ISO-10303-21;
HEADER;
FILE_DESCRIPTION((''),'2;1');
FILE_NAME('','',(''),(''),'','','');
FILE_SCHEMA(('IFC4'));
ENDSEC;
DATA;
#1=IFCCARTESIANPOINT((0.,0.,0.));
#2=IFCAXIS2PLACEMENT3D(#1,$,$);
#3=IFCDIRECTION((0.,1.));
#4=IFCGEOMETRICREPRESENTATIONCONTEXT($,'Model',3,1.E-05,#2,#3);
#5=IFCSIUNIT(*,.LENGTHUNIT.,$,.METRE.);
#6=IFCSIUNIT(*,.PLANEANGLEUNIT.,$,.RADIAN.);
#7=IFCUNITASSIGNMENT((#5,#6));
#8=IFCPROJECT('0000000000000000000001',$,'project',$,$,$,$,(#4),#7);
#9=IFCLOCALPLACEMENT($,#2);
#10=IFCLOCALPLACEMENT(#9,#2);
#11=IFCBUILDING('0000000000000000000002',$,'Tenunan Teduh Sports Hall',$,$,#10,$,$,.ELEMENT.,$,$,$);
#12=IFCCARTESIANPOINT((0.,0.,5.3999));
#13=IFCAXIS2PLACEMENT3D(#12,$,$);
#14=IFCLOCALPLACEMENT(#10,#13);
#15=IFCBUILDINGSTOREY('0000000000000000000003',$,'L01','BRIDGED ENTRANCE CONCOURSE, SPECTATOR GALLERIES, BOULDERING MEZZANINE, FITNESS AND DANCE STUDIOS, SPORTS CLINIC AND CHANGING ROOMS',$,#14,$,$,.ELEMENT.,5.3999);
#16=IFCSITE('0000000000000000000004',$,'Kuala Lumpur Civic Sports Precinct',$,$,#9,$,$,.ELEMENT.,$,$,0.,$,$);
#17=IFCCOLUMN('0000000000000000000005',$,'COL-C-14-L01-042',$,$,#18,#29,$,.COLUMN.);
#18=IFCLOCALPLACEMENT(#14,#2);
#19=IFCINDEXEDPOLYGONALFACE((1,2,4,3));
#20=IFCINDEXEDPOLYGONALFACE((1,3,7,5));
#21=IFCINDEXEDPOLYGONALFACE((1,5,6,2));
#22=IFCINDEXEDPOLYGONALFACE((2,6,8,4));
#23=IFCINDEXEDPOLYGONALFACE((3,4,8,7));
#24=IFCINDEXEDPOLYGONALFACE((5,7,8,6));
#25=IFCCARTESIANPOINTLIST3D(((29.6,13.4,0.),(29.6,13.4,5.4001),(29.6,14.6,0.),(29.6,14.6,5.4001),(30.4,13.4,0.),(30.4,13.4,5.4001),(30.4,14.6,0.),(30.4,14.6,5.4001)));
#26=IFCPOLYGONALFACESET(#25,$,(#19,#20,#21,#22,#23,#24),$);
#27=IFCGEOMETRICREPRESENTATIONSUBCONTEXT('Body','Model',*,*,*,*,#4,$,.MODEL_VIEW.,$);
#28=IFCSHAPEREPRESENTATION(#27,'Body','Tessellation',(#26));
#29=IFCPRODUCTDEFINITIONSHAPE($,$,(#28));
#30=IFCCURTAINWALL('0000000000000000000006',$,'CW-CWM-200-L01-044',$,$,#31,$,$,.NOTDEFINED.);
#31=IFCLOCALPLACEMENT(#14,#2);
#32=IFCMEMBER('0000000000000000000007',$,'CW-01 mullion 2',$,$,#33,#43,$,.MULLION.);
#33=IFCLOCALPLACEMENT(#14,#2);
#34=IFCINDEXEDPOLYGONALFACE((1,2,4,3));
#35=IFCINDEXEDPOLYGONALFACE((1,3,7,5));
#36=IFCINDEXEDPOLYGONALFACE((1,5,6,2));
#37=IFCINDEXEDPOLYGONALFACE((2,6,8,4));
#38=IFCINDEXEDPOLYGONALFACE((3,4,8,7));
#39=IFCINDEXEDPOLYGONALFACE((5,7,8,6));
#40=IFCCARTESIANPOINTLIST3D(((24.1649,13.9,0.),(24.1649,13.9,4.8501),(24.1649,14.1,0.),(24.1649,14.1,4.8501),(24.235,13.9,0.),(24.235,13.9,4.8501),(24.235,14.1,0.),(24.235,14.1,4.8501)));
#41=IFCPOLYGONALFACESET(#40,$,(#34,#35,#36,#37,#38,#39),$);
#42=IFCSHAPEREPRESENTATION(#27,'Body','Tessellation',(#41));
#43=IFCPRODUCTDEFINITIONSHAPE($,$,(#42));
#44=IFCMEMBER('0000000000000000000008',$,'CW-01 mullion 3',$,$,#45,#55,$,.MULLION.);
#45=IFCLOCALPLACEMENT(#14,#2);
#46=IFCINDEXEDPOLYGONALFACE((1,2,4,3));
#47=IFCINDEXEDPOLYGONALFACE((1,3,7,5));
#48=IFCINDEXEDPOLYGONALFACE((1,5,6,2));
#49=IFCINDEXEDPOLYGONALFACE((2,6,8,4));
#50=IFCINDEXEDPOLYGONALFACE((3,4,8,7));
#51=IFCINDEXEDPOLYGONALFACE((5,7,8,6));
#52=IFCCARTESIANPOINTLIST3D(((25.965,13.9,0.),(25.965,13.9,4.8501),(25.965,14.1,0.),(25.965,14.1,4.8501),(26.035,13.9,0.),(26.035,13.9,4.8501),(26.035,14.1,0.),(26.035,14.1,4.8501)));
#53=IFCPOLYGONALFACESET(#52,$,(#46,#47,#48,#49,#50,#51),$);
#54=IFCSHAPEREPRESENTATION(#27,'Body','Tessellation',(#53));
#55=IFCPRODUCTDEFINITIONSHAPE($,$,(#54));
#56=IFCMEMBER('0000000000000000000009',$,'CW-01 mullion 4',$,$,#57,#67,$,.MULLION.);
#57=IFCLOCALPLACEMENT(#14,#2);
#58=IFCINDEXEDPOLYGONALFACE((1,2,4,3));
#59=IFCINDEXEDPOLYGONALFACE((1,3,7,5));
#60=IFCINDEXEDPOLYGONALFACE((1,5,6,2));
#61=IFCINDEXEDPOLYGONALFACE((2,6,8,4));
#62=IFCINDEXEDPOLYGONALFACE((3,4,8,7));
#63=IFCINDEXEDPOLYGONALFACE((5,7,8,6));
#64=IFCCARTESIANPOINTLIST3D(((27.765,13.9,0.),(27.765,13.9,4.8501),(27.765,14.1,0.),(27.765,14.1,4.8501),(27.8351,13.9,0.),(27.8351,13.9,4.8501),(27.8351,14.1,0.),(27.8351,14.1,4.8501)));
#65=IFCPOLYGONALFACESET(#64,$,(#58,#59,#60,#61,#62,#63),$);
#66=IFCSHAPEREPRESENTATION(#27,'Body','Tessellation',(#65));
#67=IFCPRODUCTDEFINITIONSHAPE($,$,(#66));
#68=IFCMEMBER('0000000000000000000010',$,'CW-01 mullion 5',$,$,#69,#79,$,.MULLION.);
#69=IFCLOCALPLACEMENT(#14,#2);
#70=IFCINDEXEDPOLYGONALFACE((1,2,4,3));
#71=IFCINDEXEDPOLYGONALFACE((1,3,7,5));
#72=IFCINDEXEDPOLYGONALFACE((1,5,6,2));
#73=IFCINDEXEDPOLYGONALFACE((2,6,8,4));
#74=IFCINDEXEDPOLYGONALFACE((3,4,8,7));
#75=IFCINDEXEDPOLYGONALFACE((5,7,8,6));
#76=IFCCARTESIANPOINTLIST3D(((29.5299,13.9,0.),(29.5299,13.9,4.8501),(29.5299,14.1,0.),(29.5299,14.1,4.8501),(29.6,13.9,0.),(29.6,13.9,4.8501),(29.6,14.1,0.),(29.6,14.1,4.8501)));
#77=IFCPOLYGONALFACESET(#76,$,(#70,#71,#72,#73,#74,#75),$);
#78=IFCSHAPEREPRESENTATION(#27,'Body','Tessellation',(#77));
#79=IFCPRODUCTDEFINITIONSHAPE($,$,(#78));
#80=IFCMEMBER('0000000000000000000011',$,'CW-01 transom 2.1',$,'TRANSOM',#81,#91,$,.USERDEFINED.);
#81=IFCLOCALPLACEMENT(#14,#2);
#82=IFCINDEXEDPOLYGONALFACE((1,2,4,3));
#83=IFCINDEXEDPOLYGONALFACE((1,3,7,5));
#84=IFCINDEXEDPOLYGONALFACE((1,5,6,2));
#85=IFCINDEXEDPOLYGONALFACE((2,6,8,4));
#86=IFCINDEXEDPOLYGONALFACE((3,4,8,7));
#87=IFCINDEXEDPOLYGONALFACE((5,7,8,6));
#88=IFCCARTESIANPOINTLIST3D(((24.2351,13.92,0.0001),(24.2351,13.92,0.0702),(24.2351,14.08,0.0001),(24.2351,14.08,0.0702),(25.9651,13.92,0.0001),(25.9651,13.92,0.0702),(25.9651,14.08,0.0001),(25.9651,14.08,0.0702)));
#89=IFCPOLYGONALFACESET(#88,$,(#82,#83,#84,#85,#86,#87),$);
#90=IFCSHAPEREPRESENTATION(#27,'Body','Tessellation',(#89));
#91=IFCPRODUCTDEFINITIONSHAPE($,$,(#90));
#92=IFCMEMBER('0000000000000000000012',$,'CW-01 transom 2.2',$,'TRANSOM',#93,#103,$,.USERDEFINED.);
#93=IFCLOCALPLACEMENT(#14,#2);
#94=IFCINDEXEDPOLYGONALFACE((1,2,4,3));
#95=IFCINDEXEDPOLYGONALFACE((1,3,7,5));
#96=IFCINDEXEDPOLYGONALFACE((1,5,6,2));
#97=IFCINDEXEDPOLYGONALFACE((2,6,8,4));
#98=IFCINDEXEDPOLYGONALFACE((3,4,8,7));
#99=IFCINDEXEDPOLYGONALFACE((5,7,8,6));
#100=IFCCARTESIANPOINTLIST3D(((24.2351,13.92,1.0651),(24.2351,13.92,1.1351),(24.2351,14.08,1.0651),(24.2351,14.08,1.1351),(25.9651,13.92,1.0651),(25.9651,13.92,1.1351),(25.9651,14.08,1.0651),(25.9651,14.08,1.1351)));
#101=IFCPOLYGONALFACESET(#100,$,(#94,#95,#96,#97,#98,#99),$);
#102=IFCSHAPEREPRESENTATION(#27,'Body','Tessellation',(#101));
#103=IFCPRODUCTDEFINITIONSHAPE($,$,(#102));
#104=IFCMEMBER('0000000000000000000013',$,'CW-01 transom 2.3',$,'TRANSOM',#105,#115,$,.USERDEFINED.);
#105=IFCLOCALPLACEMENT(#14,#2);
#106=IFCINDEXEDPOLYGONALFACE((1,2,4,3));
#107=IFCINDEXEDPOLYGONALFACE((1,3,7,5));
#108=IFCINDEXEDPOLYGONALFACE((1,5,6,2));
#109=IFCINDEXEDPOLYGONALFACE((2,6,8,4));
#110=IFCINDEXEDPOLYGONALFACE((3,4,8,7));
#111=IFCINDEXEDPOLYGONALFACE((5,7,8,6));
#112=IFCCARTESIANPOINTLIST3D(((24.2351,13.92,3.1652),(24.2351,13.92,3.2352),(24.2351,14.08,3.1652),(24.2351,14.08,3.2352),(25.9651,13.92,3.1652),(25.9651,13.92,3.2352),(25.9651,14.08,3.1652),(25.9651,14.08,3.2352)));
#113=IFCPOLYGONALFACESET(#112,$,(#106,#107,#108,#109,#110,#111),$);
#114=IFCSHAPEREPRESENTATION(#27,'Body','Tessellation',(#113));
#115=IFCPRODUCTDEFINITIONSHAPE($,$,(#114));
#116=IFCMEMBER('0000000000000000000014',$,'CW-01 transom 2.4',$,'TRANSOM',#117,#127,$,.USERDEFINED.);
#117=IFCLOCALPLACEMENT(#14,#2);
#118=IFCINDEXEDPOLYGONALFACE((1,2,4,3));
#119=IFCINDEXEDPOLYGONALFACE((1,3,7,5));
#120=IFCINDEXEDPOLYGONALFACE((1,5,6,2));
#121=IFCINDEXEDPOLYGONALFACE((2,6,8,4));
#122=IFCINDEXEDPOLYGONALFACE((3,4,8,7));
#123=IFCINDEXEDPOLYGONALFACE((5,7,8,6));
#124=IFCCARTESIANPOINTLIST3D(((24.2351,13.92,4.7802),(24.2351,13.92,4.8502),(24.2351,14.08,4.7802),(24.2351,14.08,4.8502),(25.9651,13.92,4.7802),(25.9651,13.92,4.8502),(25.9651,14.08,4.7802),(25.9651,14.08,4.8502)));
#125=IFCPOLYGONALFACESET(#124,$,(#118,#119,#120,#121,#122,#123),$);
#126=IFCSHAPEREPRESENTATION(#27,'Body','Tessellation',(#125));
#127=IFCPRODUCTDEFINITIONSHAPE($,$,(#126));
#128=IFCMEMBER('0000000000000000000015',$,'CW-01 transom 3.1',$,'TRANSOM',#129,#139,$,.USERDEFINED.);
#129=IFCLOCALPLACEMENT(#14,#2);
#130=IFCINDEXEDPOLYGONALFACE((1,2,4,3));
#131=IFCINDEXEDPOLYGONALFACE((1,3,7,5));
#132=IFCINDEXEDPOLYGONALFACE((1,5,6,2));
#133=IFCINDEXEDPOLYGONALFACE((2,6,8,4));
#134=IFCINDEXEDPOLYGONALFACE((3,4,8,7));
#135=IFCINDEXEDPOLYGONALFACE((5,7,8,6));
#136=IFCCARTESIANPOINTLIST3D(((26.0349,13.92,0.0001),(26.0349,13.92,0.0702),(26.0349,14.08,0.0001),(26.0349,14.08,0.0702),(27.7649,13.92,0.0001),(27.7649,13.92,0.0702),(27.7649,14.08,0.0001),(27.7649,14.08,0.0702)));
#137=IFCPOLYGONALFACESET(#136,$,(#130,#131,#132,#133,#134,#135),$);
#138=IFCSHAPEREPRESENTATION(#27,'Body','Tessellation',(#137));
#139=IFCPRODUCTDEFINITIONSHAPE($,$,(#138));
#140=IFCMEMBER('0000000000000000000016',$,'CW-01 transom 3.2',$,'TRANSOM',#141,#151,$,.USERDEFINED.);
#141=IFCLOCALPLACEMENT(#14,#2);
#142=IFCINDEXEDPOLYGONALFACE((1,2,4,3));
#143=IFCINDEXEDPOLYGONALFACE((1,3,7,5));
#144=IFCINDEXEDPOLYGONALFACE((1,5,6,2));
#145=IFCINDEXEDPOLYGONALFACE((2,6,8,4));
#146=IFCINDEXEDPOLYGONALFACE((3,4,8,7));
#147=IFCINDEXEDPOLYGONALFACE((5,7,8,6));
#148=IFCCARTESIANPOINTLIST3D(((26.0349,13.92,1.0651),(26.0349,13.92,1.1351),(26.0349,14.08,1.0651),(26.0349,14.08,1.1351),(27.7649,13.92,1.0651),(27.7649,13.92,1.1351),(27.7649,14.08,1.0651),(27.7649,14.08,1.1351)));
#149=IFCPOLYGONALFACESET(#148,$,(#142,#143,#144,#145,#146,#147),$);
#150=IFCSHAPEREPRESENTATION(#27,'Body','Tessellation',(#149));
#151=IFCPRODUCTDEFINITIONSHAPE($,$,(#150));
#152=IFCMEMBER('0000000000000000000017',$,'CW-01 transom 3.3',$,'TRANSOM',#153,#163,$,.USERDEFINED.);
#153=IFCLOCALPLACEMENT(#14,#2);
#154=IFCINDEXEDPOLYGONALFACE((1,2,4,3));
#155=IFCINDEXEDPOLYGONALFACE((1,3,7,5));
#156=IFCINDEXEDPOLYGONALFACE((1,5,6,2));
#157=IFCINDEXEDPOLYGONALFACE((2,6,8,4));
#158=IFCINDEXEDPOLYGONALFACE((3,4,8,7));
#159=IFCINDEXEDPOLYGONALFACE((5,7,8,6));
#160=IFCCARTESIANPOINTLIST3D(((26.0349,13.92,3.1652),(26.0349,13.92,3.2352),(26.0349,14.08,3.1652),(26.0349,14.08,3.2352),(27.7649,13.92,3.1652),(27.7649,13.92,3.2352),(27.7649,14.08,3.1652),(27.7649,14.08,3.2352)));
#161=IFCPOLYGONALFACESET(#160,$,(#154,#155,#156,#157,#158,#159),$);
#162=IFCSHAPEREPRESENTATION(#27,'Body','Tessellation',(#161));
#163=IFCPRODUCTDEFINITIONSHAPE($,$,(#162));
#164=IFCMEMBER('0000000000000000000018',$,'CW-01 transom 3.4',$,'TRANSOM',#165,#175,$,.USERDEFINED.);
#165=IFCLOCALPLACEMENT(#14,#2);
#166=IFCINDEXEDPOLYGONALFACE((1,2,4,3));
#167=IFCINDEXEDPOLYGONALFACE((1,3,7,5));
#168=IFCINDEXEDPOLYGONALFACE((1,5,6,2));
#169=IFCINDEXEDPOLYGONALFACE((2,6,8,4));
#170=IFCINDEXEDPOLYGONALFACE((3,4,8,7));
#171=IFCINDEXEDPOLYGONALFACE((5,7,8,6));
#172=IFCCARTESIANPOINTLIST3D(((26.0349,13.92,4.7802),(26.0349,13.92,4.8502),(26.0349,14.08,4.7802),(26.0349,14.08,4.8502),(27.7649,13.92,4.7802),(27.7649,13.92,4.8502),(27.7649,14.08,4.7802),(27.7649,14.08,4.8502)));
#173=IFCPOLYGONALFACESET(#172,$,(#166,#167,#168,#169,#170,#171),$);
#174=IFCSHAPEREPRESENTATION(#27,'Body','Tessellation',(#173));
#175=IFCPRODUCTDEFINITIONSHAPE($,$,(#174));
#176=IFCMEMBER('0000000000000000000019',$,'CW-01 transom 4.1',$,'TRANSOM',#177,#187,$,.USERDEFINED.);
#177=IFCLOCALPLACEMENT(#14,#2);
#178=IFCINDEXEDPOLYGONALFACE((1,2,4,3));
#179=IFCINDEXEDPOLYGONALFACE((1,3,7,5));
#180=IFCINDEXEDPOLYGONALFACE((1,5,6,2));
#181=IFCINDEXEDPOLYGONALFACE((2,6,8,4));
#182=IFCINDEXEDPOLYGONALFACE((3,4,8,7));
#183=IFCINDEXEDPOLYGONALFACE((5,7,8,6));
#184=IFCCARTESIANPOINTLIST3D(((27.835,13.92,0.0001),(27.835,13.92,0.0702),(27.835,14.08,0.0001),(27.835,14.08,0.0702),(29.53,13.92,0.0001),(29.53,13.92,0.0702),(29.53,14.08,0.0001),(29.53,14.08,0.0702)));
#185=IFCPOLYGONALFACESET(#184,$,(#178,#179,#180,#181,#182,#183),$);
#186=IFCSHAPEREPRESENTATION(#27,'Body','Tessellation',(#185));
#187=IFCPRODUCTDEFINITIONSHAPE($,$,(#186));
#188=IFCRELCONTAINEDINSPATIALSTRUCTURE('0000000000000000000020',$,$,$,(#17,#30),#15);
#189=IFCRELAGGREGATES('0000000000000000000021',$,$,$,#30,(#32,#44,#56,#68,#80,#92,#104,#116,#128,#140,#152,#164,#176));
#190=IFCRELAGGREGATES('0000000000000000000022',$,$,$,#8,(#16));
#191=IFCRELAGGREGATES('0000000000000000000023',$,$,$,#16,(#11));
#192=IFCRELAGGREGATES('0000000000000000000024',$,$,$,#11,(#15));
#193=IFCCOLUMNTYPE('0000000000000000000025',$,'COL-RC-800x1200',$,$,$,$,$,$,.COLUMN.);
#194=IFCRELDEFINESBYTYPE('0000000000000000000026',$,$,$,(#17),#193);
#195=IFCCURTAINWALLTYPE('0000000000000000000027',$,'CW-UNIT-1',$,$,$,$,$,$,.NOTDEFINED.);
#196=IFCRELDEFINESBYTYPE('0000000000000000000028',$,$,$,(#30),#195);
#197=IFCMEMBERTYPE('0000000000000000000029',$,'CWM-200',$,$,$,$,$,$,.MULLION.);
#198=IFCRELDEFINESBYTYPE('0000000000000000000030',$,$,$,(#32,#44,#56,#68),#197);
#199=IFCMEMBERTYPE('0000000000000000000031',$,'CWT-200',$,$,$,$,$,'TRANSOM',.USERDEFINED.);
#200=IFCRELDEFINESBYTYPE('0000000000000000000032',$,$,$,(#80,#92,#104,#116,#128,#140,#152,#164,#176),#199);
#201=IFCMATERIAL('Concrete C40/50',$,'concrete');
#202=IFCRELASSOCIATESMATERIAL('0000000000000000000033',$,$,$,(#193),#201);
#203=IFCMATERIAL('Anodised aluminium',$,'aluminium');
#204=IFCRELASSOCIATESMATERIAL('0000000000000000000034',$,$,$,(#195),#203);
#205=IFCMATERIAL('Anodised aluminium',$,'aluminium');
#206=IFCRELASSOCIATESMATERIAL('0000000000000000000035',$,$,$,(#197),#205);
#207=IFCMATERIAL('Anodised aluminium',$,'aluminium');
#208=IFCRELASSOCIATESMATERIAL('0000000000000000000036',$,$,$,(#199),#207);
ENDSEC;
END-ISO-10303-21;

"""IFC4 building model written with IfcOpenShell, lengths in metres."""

from ifc_helpers import new_model, si_unit, direction, frame, origin, origin_2d, place, context, subcontext, project, spatial, rectangle, extrude, material, material_profile, profile_set, type_object, element, aggregate, save


model = new_model("IFC4")

# Units and contexts
model_context = context("Model", 3, precision=1e-05, world=origin(), true_north=direction((0.0, 1.0)))
body_context = subcontext(model_context, "Body", "Model", "MODEL_VIEW")
ifc_project = project(units=[si_unit("LENGTHUNIT", "METRE"), si_unit("PLANEANGLEUNIT", "RADIAN")], contexts=[model_context])

# Site, building, storey
site_placement = place(None, origin())
site = spatial("IfcSite", under=ifc_project, at=site_placement, Name="Kuala Lumpur Civic Sports Precinct", CompositionType="ELEMENT", RefElevation=0.0)
building_placement = place(site_placement, origin())
building = spatial("IfcBuilding", under=site, at=building_placement, Name="Tenunan Teduh Sports Hall", CompositionType="ELEMENT")
storey_placement = place(building_placement, frame((0.0, 0.0, 5.3999)))
storey = spatial("IfcBuildingStorey", under=building, at=storey_placement, Name="L01", Description="BRIDGED ENTRANCE CONCOURSE, SPECTATOR GALLERIES, BOULDERING MEZZANINE, FITNESS AND DANCE STUDIOS, SPORTS CLINIC AND CHANGING ROOMS", CompositionType="ELEMENT", Elevation=5.3999)

# Column
ifc_material_1 = material(Name="Concrete C40/50", Category="concrete")
ifc_material_profile_1 = material_profile(ifc_material_1, rectangle(XDim=0.8, YDim=1.2, at=origin_2d()), Name="RC 800x1200")
ifc_profile_set_1 = profile_set([ifc_material_profile_1], Name="Concrete C40/50")
column_type = type_object("IfcColumnType", Name="COL-RC-800x1200", PredefinedType="COLUMN", material=ifc_profile_set_1)
column_placement = place(storey_placement, frame((30.0, 14.0, 0.0), z_axis=(0.0, 0.0, 1.0), x_axis=(1.0, 0.0, 0.0)))
element("IfcColumn", 1, at=column_placement, inside=storey, type_object=column_type, Name="COL-C-14-L01-042", PredefinedType="COLUMN", context=body_context, shape_type="SweptSolid", body=[
    extrude(rectangle(XDim=0.8, YDim=1.2, at=origin_2d()), origin(), (0.0, 0.0, 1.0), 5.4001),
])

# Curtain wall, members
ifc_material_2 = material(Name="Anodised aluminium", Category="aluminium")
curtain_wall_type = type_object("IfcCurtainWallType", Name="CW-UNIT-1", PredefinedType="NOTDEFINED", material=ifc_material_2)
curtain_wall_placement = place(storey_placement, origin())
curtain_wall = element("IfcCurtainWall", 2, at=curtain_wall_placement, inside=storey, type_object=curtain_wall_type, Name="CW-CWM-200-L01-044", PredefinedType="NOTDEFINED")
ifc_material_3 = material(Name="Anodised aluminium", Category="aluminium")
ifc_material_profile_2 = material_profile(ifc_material_3, rectangle(XDim=0.0701, YDim=0.2, at=origin_2d()), Name="CWM 70x200")
ifc_profile_set_2 = profile_set([ifc_material_profile_2], Name="Anodised aluminium")
member_type_1 = type_object("IfcMemberType", Name="CWM-200", PredefinedType="MULLION", material=ifc_profile_set_2)
member_1_placement = place(storey_placement, frame((24.2, 14.0, 0.0), z_axis=(0.0, 0.0, 1.0), x_axis=(1.0, 0.0, 0.0)))
member_1 = element("IfcMember", 3, at=member_1_placement, type_object=member_type_1, Name="CW-01 mullion 2", PredefinedType="MULLION", context=body_context, shape_type="SweptSolid", body=[
    extrude(rectangle(XDim=0.0701, YDim=0.2, at=origin_2d()), origin(), (0.0, 0.0, 1.0), 4.8501),
])
member_2_placement = place(storey_placement, frame((26.0, 14.0, 0.0), z_axis=(0.0, 0.0, 1.0), x_axis=(1.0, 0.0, 0.0)))
member_2 = element("IfcMember", 4, at=member_2_placement, type_object=member_type_1, Name="CW-01 mullion 3", PredefinedType="MULLION", context=body_context, shape_type="SweptSolid", body=[
    extrude(rectangle(XDim=0.0701, YDim=0.2, at=origin_2d()), origin(), (0.0, 0.0, 1.0), 4.8501),
])
member_3_placement = place(storey_placement, frame((27.8, 14.0, 0.0), z_axis=(0.0, 0.0, 1.0), x_axis=(1.0, 0.0, 0.0)))
member_3 = element("IfcMember", 5, at=member_3_placement, type_object=member_type_1, Name="CW-01 mullion 4", PredefinedType="MULLION", context=body_context, shape_type="SweptSolid", body=[
    extrude(rectangle(XDim=0.0701, YDim=0.2, at=origin_2d()), origin(), (0.0, 0.0, 1.0), 4.8501),
])
member_4_placement = place(storey_placement, frame((29.5649, 14.0, 0.0), z_axis=(0.0, 0.0, 1.0), x_axis=(1.0, 0.0, 0.0)))
member_4 = element("IfcMember", 6, at=member_4_placement, type_object=member_type_1, Name="CW-01 mullion 5", PredefinedType="MULLION", context=body_context, shape_type="SweptSolid", body=[
    extrude(rectangle(XDim=0.0701, YDim=0.2, at=origin_2d()), origin(), (0.0, 0.0, 1.0), 4.8501),
])
ifc_material_4 = material(Name="Anodised aluminium", Category="aluminium")
ifc_material_profile_3 = material_profile(ifc_material_4, rectangle(XDim=0.0701, YDim=0.1599, at=origin_2d()), Name="CWT 70x160")
ifc_profile_set_3 = profile_set([ifc_material_profile_3], Name="Anodised aluminium")
member_type_2 = type_object("IfcMemberType", Name="CWT-200", ElementType="TRANSOM", PredefinedType="USERDEFINED", material=ifc_profile_set_3)
member_5_placement = place(storey_placement, frame((24.2351, 14.0, 0.0352), z_axis=(1.0, 0.0, 0.0), x_axis=(0.0, 0.0, 1.0)))
member_5 = element("IfcMember", 7, at=member_5_placement, type_object=member_type_2, Name="CW-01 transom 2.1", ObjectType="TRANSOM", PredefinedType="USERDEFINED", context=body_context, shape_type="SweptSolid", body=[
    extrude(rectangle(XDim=0.0701, YDim=0.1599, at=origin_2d()), origin(), (0.0, 0.0, 1.0), 1.73),
])
member_6_placement = place(storey_placement, frame((24.2351, 14.0, 1.1001), z_axis=(1.0, 0.0, 0.0), x_axis=(0.0, 0.0, 1.0)))
member_6 = element("IfcMember", 8, at=member_6_placement, type_object=member_type_2, Name="CW-01 transom 2.2", ObjectType="TRANSOM", PredefinedType="USERDEFINED", context=body_context, shape_type="SweptSolid", body=[
    extrude(rectangle(XDim=0.0701, YDim=0.1599, at=origin_2d()), origin(), (0.0, 0.0, 1.0), 1.73),
])
member_7_placement = place(storey_placement, frame((24.2351, 14.0, 3.2002), z_axis=(1.0, 0.0, 0.0), x_axis=(0.0, 0.0, 1.0)))
member_7 = element("IfcMember", 9, at=member_7_placement, type_object=member_type_2, Name="CW-01 transom 2.3", ObjectType="TRANSOM", PredefinedType="USERDEFINED", context=body_context, shape_type="SweptSolid", body=[
    extrude(rectangle(XDim=0.0701, YDim=0.1599, at=origin_2d()), origin(), (0.0, 0.0, 1.0), 1.73),
])
member_8_placement = place(storey_placement, frame((24.2351, 14.0, 4.8152), z_axis=(1.0, 0.0, 0.0), x_axis=(0.0, 0.0, 1.0)))
member_8 = element("IfcMember", 10, at=member_8_placement, type_object=member_type_2, Name="CW-01 transom 2.4", ObjectType="TRANSOM", PredefinedType="USERDEFINED", context=body_context, shape_type="SweptSolid", body=[
    extrude(rectangle(XDim=0.0701, YDim=0.1599, at=origin_2d()), origin(), (0.0, 0.0, 1.0), 1.73),
])
member_9_placement = place(storey_placement, frame((26.0349, 14.0, 0.0352), z_axis=(1.0, 0.0, 0.0), x_axis=(0.0, 0.0, 1.0)))
member_9 = element("IfcMember", 11, at=member_9_placement, type_object=member_type_2, Name="CW-01 transom 3.1", ObjectType="TRANSOM", PredefinedType="USERDEFINED", context=body_context, shape_type="SweptSolid", body=[
    extrude(rectangle(XDim=0.0701, YDim=0.1599, at=origin_2d()), origin(), (0.0, 0.0, 1.0), 1.73),
])
member_10_placement = place(storey_placement, frame((26.0349, 14.0, 1.1001), z_axis=(1.0, 0.0, 0.0), x_axis=(0.0, 0.0, 1.0)))
member_10 = element("IfcMember", 12, at=member_10_placement, type_object=member_type_2, Name="CW-01 transom 3.2", ObjectType="TRANSOM", PredefinedType="USERDEFINED", context=body_context, shape_type="SweptSolid", body=[
    extrude(rectangle(XDim=0.0701, YDim=0.1599, at=origin_2d()), origin(), (0.0, 0.0, 1.0), 1.73),
])
member_11_placement = place(storey_placement, frame((26.0349, 14.0, 3.2002), z_axis=(1.0, 0.0, 0.0), x_axis=(0.0, 0.0, 1.0)))
member_11 = element("IfcMember", 13, at=member_11_placement, type_object=member_type_2, Name="CW-01 transom 3.3", ObjectType="TRANSOM", PredefinedType="USERDEFINED", context=body_context, shape_type="SweptSolid", body=[
    extrude(rectangle(XDim=0.0701, YDim=0.1599, at=origin_2d()), origin(), (0.0, 0.0, 1.0), 1.73),
])
member_12_placement = place(storey_placement, frame((26.0349, 14.0, 4.8152), z_axis=(1.0, 0.0, 0.0), x_axis=(0.0, 0.0, 1.0)))
member_12 = element("IfcMember", 14, at=member_12_placement, type_object=member_type_2, Name="CW-01 transom 3.4", ObjectType="TRANSOM", PredefinedType="USERDEFINED", context=body_context, shape_type="SweptSolid", body=[
    extrude(rectangle(XDim=0.0701, YDim=0.1599, at=origin_2d()), origin(), (0.0, 0.0, 1.0), 1.73),
])
member_13_placement = place(storey_placement, frame((27.835, 14.0, 0.0352), z_axis=(1.0, 0.0, 0.0), x_axis=(0.0, 0.0, 1.0)))
member_13 = element("IfcMember", 15, at=member_13_placement, type_object=member_type_2, Name="CW-01 transom 4.1", ObjectType="TRANSOM", PredefinedType="USERDEFINED", context=body_context, shape_type="SweptSolid", body=[
    extrude(rectangle(XDim=0.0701, YDim=0.1599, at=origin_2d()), origin(), (0.0, 0.0, 1.0), 1.6951),
])

aggregate(curtain_wall, [member_1, member_2, member_3, member_4, member_5, member_6, member_7, member_8, member_9, member_10, member_11, member_12, member_13])

save(model, "model.ifc")
